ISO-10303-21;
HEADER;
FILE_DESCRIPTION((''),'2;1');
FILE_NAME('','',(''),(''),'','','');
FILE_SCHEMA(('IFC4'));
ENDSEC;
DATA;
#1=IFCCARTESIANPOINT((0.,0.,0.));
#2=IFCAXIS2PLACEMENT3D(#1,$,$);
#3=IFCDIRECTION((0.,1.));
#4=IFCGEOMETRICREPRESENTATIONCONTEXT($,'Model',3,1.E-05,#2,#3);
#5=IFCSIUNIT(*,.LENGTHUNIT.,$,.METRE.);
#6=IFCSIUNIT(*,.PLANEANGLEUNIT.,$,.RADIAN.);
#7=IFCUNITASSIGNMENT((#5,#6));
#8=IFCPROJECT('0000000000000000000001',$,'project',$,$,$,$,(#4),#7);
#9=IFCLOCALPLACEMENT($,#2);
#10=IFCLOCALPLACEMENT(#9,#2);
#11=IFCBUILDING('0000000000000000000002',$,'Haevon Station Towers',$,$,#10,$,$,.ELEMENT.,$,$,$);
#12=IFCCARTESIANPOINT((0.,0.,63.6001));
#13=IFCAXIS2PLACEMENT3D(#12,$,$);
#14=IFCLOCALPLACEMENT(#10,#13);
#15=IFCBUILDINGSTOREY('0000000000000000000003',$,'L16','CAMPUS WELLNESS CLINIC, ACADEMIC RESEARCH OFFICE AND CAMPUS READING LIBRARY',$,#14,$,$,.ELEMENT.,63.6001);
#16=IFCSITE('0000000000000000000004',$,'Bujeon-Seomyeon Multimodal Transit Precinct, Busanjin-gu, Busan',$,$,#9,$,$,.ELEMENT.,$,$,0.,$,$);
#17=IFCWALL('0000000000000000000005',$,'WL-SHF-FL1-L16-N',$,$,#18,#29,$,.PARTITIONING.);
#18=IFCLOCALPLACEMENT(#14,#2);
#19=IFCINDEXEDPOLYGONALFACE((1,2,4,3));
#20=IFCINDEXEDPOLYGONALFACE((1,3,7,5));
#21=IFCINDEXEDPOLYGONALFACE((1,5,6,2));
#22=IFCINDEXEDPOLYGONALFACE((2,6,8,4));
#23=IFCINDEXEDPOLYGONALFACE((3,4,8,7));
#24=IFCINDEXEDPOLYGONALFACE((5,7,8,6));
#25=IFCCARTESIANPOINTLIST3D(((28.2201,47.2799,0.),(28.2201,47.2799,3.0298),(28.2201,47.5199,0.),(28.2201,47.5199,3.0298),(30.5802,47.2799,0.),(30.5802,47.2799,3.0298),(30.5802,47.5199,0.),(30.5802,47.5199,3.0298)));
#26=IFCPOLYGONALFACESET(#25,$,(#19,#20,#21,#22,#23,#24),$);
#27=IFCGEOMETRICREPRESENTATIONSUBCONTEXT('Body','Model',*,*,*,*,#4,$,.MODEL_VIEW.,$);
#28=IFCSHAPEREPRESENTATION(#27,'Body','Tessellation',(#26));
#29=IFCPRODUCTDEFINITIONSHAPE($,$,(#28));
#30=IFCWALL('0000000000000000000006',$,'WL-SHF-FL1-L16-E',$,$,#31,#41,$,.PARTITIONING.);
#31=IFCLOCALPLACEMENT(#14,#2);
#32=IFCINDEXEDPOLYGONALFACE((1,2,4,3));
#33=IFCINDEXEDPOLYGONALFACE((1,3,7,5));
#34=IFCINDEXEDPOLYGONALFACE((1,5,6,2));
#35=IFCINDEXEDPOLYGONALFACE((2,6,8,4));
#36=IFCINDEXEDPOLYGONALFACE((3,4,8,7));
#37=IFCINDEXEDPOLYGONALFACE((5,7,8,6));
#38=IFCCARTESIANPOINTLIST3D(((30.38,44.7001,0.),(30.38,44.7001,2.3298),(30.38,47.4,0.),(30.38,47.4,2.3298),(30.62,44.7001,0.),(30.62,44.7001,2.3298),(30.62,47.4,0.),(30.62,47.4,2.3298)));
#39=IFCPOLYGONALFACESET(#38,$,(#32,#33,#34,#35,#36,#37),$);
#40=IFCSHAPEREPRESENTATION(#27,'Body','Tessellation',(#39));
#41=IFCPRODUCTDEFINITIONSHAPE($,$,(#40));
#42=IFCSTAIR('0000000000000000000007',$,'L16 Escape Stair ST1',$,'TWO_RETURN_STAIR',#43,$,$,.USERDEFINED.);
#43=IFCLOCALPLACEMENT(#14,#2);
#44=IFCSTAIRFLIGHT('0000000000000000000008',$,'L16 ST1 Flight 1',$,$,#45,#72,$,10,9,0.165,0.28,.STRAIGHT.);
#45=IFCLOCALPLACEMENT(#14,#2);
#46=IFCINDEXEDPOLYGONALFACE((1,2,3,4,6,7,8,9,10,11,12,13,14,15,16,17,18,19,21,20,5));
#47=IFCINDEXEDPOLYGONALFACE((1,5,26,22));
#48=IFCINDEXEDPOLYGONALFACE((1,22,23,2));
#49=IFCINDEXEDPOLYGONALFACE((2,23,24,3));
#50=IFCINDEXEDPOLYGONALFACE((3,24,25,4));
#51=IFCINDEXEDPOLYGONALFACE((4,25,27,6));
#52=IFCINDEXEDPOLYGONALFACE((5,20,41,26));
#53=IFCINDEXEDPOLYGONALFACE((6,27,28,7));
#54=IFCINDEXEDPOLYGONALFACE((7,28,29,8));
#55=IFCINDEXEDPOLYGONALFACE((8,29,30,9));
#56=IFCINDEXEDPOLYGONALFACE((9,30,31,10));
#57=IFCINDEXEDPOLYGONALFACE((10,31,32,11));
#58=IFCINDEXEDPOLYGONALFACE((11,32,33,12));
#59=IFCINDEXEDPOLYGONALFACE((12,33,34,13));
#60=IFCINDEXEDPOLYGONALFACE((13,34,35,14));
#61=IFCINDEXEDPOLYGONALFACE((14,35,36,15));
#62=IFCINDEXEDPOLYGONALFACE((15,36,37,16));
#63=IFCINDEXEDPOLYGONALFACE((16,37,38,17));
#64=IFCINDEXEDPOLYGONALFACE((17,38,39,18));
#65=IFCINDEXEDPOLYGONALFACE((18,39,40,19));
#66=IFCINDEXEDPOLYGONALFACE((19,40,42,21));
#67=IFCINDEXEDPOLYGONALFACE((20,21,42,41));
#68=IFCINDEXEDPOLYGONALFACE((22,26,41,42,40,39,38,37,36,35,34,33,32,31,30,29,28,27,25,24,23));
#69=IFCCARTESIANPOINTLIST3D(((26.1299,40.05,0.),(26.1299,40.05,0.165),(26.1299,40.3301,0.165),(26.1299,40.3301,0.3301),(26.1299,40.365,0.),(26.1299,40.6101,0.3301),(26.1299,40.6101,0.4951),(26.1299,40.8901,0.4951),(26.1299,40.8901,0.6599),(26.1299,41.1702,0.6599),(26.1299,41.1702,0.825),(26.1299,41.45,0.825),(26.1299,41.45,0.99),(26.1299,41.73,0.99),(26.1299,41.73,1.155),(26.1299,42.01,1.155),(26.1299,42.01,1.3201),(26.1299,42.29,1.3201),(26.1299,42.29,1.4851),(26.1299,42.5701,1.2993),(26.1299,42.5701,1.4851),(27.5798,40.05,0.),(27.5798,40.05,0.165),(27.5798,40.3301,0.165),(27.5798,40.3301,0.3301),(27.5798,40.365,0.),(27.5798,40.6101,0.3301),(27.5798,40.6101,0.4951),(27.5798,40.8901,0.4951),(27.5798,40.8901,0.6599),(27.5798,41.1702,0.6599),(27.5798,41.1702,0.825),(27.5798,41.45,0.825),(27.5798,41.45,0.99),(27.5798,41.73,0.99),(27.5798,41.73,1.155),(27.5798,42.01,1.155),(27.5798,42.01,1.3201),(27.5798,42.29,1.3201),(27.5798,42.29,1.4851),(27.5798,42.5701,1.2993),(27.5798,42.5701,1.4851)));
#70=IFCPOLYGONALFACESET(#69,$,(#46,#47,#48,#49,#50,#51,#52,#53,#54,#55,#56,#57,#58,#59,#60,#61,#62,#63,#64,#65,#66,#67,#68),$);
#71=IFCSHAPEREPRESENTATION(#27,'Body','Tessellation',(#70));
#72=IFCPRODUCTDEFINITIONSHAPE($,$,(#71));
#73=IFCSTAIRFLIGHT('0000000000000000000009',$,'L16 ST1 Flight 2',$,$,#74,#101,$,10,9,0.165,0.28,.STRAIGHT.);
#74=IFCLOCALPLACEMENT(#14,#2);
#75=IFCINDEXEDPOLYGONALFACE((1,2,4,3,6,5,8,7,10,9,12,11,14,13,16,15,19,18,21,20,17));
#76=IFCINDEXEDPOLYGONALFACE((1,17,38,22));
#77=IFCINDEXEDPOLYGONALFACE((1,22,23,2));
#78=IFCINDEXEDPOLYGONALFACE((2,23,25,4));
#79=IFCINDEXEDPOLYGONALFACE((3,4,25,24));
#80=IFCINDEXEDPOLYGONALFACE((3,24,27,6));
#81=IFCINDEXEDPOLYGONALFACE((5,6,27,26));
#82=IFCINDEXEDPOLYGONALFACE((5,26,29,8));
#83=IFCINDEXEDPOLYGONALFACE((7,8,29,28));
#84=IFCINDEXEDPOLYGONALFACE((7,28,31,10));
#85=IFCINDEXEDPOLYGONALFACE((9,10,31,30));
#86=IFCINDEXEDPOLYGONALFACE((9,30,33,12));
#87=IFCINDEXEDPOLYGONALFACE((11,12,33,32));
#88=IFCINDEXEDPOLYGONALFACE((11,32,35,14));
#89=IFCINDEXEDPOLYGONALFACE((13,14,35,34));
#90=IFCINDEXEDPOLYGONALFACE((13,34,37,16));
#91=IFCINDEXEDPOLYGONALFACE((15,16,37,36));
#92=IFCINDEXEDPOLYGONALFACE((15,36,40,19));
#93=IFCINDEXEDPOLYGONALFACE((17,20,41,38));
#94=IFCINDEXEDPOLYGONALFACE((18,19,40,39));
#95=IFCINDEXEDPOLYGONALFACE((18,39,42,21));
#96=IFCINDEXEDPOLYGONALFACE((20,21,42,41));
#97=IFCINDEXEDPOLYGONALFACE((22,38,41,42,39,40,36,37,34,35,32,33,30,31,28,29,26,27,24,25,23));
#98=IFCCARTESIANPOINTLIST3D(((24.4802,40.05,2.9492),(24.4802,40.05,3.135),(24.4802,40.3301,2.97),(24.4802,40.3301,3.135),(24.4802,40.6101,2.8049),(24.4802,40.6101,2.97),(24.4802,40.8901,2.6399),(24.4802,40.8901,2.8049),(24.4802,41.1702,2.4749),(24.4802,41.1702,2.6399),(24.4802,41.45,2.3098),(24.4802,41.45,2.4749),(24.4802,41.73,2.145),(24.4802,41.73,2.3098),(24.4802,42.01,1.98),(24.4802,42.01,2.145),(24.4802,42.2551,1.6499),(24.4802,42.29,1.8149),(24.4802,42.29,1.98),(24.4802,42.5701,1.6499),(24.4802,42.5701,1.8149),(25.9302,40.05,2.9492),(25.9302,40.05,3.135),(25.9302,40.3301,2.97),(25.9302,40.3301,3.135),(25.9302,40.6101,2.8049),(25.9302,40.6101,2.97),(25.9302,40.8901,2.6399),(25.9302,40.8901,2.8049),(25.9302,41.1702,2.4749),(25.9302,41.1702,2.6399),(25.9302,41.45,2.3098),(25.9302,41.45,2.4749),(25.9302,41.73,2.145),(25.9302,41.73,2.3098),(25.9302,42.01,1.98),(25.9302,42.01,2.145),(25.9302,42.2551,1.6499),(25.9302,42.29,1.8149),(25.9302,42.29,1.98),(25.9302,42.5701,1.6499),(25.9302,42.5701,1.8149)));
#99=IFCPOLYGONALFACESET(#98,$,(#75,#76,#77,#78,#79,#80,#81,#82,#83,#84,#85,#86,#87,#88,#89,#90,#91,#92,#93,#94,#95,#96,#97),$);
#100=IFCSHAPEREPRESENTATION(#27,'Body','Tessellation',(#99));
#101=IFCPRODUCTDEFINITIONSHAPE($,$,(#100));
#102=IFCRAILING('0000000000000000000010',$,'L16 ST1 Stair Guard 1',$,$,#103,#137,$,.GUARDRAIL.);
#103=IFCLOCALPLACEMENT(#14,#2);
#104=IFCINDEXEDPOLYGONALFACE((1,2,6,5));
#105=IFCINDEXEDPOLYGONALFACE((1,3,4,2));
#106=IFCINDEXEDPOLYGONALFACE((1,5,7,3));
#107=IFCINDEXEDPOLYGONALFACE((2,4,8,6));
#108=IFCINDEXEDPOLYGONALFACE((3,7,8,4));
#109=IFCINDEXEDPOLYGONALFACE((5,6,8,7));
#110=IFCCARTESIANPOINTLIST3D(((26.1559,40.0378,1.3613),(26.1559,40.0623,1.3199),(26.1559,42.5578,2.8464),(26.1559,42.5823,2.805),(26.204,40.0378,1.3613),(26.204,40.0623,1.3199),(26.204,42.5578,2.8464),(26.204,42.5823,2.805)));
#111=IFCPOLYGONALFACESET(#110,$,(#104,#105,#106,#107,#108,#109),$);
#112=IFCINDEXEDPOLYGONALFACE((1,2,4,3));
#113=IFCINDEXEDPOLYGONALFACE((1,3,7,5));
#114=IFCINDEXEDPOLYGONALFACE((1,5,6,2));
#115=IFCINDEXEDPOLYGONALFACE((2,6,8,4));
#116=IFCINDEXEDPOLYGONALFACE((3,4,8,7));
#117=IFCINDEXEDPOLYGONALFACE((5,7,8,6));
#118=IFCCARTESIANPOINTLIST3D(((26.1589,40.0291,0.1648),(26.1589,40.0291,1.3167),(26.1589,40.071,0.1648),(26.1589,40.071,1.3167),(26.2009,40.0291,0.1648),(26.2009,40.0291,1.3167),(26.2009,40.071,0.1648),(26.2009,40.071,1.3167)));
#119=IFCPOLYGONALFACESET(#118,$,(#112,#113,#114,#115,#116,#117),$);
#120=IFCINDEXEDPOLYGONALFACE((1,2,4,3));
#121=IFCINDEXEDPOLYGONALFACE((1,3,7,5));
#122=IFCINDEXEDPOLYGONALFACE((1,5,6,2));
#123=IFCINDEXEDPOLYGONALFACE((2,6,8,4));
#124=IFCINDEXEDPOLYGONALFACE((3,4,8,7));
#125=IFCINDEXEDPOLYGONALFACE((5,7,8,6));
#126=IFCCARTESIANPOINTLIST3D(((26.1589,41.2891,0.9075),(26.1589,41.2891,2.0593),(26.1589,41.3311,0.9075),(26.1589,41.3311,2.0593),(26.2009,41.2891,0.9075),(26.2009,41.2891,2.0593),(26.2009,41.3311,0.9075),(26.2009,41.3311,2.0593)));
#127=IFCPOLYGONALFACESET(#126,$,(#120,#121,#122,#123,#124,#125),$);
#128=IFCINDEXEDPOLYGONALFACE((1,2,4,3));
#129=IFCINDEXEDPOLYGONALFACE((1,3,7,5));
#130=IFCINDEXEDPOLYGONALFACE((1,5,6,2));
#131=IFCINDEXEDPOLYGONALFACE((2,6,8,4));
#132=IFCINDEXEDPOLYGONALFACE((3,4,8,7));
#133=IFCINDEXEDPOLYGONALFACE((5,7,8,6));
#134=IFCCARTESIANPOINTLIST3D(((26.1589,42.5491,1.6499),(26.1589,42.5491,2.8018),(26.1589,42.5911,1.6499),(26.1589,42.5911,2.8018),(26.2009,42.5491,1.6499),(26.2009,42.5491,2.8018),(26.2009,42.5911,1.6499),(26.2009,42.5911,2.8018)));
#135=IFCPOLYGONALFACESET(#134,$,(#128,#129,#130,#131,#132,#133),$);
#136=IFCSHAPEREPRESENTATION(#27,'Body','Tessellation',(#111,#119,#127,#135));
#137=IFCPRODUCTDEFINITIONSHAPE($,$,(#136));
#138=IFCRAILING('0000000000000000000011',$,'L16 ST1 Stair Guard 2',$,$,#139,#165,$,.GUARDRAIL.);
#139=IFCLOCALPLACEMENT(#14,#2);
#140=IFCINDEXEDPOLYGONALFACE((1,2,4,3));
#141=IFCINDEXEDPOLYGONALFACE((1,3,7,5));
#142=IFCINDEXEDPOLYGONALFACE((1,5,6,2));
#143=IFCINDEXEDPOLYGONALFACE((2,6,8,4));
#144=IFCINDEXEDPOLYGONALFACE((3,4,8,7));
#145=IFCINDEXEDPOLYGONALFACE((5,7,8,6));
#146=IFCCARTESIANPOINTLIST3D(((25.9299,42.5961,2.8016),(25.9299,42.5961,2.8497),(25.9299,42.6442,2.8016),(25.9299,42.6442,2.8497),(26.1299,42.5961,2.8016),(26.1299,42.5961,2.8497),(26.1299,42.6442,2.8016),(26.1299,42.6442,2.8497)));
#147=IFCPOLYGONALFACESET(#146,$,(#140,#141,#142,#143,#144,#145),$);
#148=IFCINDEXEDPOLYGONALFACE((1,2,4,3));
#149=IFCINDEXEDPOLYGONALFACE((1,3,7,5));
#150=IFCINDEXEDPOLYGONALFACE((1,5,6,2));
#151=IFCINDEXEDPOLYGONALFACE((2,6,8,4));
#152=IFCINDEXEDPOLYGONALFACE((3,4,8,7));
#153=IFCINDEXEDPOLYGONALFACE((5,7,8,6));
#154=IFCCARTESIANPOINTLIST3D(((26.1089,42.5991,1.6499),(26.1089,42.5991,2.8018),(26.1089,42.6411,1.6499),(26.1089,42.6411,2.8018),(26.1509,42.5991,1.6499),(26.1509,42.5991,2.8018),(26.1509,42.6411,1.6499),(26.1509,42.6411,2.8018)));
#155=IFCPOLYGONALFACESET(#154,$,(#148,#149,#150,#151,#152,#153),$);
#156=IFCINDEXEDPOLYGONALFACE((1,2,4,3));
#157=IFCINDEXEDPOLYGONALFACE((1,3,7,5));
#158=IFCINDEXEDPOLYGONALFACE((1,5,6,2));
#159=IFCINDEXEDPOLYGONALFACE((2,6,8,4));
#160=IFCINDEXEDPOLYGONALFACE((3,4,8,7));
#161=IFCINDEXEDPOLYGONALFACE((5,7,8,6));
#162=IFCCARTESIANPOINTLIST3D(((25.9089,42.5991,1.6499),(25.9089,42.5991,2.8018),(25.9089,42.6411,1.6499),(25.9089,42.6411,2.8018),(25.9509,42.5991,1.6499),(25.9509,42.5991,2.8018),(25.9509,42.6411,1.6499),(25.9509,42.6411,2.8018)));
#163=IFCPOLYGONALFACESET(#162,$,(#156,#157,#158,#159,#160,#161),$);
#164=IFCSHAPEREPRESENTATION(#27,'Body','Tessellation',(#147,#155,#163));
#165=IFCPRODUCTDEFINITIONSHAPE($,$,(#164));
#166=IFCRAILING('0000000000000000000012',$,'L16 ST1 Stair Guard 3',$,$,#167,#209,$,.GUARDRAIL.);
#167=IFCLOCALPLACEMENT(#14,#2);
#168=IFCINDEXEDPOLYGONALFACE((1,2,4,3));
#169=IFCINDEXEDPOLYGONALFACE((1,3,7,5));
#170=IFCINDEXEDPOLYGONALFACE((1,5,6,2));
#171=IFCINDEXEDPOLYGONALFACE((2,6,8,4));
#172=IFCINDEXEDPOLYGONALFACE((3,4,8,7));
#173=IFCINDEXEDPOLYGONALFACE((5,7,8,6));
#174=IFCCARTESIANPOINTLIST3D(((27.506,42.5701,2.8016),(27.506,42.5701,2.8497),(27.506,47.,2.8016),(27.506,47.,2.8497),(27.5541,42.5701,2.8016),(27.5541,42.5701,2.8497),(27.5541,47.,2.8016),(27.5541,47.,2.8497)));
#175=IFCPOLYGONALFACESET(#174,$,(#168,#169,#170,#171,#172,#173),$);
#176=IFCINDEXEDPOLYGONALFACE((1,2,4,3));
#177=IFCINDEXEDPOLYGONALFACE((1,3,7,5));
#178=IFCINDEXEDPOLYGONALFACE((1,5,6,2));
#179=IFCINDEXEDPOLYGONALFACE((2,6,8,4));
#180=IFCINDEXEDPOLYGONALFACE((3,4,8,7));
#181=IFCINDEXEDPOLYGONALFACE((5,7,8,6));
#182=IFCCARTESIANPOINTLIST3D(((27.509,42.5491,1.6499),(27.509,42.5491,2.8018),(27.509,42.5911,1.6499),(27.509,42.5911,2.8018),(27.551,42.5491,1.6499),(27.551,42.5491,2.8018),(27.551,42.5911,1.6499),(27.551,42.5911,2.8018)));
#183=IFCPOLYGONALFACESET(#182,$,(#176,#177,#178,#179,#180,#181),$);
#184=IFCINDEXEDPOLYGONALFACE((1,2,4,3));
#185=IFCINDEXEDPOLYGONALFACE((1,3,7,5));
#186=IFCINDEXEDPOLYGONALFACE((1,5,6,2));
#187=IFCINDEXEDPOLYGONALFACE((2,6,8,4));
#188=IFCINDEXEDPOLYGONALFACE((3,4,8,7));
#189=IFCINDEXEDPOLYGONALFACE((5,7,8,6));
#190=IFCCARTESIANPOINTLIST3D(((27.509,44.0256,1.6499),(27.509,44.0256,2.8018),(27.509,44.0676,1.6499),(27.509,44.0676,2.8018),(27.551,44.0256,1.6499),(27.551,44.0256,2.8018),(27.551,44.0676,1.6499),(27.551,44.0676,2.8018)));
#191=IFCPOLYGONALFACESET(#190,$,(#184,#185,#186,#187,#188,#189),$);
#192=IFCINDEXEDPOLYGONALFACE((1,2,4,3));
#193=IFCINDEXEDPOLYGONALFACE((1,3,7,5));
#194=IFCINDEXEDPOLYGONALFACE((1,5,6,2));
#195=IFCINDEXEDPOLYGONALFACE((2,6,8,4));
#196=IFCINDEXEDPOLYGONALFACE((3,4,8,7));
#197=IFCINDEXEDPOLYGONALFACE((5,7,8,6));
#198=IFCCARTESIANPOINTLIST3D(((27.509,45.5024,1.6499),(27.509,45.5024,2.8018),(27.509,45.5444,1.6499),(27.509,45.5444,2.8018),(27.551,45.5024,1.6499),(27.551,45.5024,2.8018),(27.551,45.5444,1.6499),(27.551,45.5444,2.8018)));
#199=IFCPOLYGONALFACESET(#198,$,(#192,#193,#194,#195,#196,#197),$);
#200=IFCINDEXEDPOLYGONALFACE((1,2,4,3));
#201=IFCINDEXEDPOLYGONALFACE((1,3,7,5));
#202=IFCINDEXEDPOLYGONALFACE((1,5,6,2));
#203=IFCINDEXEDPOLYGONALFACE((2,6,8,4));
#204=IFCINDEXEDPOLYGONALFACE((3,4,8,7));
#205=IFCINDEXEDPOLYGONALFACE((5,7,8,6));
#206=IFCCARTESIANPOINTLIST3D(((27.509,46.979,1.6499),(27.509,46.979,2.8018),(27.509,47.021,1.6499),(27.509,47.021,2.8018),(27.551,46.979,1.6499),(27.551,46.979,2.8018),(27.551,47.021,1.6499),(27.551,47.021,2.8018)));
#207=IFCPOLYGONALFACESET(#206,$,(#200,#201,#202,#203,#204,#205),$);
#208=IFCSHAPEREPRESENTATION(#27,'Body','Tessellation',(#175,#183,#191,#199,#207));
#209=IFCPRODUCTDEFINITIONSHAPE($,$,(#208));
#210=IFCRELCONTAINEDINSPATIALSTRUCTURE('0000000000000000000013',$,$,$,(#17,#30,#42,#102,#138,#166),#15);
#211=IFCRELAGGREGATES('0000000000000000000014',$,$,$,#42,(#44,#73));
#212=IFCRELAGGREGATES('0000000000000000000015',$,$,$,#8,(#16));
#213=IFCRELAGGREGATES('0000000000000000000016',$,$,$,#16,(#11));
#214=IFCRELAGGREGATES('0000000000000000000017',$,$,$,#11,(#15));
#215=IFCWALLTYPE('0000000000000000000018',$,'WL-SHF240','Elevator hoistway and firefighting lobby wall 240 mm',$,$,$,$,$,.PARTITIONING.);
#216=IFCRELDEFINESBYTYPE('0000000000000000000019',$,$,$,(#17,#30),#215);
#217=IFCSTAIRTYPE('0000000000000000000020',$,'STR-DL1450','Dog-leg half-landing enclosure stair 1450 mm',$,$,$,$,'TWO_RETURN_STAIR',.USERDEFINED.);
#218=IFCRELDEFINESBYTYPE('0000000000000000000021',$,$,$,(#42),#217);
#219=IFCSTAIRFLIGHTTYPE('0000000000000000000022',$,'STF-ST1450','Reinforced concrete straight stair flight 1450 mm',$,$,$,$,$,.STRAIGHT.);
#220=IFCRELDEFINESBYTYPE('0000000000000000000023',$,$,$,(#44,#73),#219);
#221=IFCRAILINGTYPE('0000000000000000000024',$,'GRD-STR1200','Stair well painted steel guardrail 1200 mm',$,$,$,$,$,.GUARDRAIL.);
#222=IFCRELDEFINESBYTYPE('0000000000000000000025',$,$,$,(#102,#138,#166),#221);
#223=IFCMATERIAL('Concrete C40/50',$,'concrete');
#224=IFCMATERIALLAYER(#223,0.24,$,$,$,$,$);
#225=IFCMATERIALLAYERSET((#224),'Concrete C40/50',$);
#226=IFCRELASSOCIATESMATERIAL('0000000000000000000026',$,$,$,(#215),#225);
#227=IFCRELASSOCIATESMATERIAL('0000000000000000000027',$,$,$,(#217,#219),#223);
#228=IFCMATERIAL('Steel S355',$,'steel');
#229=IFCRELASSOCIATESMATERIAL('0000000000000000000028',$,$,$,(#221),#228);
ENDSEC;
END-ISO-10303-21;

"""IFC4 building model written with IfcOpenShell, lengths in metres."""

from ifc_helpers import new_model, si_unit, direction, frame, frame_2d, origin, origin_2d, place, context, subcontext, project, spatial, polyline, rectangle, outline, extrude, material, layer, layer_set, type_object, element, aggregate, save


model = new_model("IFC4")

# Units and contexts
model_context = context("Model", 3, precision=1e-05, world=origin(), true_north=direction((0.0, 1.0)))
body_context = subcontext(model_context, "Body", "Model", "MODEL_VIEW")
ifc_project = project(units=[si_unit("LENGTHUNIT", "METRE"), si_unit("PLANEANGLEUNIT", "RADIAN")], contexts=[model_context])

# Site, building, storey
site_placement = place(None, origin())
site = spatial("IfcSite", under=ifc_project, at=site_placement, Name="Bujeon-Seomyeon Multimodal Transit Precinct, Busanjin-gu, Busan", CompositionType="ELEMENT", RefElevation=0.0)
building_placement = place(site_placement, origin())
building = spatial("IfcBuilding", under=site, at=building_placement, Name="Haevon Station Towers", CompositionType="ELEMENT")
storey_placement = place(building_placement, frame((0.0, 0.0, 63.6001)))
storey = spatial("IfcBuildingStorey", under=building, at=storey_placement, Name="L16", Description="CAMPUS WELLNESS CLINIC, ACADEMIC RESEARCH OFFICE AND CAMPUS READING LIBRARY", CompositionType="ELEMENT", Elevation=63.6001)

# Shared definitions
ifc_material_1 = material(Name="Steel S355", Category="steel")

# Shared definitions
ifc_material_2 = material(Name="Concrete C40/50", Category="concrete")
ifc_layer_1 = layer(ifc_material_2, 0.24)
ifc_layer_set_1 = layer_set([ifc_layer_1], Name="Concrete C40/50")
wall_type_1 = type_object("IfcWallType", Name="WL-SHF240", Description="Elevator hoistway and firefighting lobby wall 240 mm", PredefinedType="PARTITIONING", material=ifc_layer_set_1)

# Walls
wall_1_placement = place(storey_placement, frame((28.22, 47.3999, 0.0), z_axis=(0.0, 0.0, 1.0), x_axis=(1.0, 0.0, 0.0)))
element("IfcWall", 1, at=wall_1_placement, inside=storey, type_object=wall_type_1, Name="WL-SHF-FL1-L16-N", PredefinedType="PARTITIONING", context=body_context, shape_type="SweptSolid", body=[
    extrude(rectangle(XDim=2.3601, YDim=0.24, at=frame_2d((1.1802, 0.0))), origin(), (0.0, 0.0, 1.0), 3.0298),
])
wall_2_placement = place(storey_placement, frame((30.5, 44.7, 0.0), z_axis=(0.0, 0.0, 1.0), x_axis=(0.0, 1.0, 0.0)))
element("IfcWall", 2, at=wall_2_placement, inside=storey, type_object=wall_type_1, Name="WL-SHF-FL1-L16-E", PredefinedType="PARTITIONING", context=body_context, shape_type="SweptSolid", body=[
    extrude(rectangle(XDim=2.7, YDim=0.24, at=frame_2d((1.3501, 0.0))), origin(), (0.0, 0.0, 1.0), 2.3298),
])

# Stair, stair flights
stair_type = type_object("IfcStairType", Name="STR-DL1450", Description="Dog-leg half-landing enclosure stair 1450 mm", ElementType="TWO_RETURN_STAIR", PredefinedType="USERDEFINED", material=ifc_material_2)
stair_placement = place(storey_placement, origin())
stair = element("IfcStair", 3, at=stair_placement, inside=storey, type_object=stair_type, Name="L16 Escape Stair ST1", ObjectType="TWO_RETURN_STAIR", PredefinedType="USERDEFINED")
stair_flight_type = type_object("IfcStairFlightType", Name="STF-ST1450", Description="Reinforced concrete straight stair flight 1450 mm", PredefinedType="STRAIGHT", material=ifc_material_2)
stair_flight_1_placement = place(storey_placement, frame((26.855, 40.05, 0.0), z_axis=(0.0, 0.0, 1.0), x_axis=(0.0, 1.0, 0.0)))
stair_flight_1 = element("IfcStairFlight", 4, at=stair_flight_1_placement, type_object=stair_flight_type, Name="L16 ST1 Flight 1", NumberOfRisers=10, NumberOfTreads=9, PredefinedType="STRAIGHT", RiserHeight=0.165, TreadLength=0.28, context=body_context, shape_type="SweptSolid", body=[
    extrude(outline(polyline([(0.0, 0.0), (0.0, 0.165), (0.28, 0.165), (0.28, 0.3301), (0.5601, 0.3301), (0.5601, 0.4951), (0.8401, 0.4951), (0.8401, 0.6599), (1.1201, 0.6599), (1.1201, 0.825), (1.3999, 0.825), (1.3999, 0.99), (1.6799, 0.99), (1.6799, 1.155), (1.96, 1.155), (1.96, 1.3201), (2.24, 1.3201), (2.24, 1.4851), (2.52, 1.4851), (2.52, 1.6499), (2.52, 1.2993), (0.3149, 0.0), (0.0, 0.0)])), frame((0.0, 0.7251, 0.0), z_axis=(0.0, -1.0, 0.0), x_axis=(1.0, 0.0, 0.0)), (0.0, 0.0, 1.0), 1.45),
])
stair_flight_2_placement = place(storey_placement, frame((25.2051, 42.5701, 1.6499), z_axis=(0.0, 0.0, 1.0), x_axis=(0.0, -1.0, 0.0)))
stair_flight_2 = element("IfcStairFlight", 5, at=stair_flight_2_placement, type_object=stair_flight_type, Name="L16 ST1 Flight 2", NumberOfRisers=10, NumberOfTreads=9, PredefinedType="STRAIGHT", RiserHeight=0.165, TreadLength=0.28, context=body_context, shape_type="SweptSolid", body=[
    extrude(outline(polyline([(0.0, 0.0), (0.0, 0.165), (0.28, 0.165), (0.28, 0.3301), (0.5601, 0.3301), (0.5601, 0.4951), (0.8401, 0.4951), (0.8401, 0.6599), (1.1201, 0.6599), (1.1201, 0.825), (1.3999, 0.825), (1.3999, 0.99), (1.6799, 0.99), (1.6799, 1.155), (1.96, 1.155), (1.96, 1.3201), (2.24, 1.3201), (2.24, 1.4851), (2.52, 1.4851), (2.52, 1.6499), (2.52, 1.2993), (0.3149, 0.0), (0.0, 0.0)])), frame((0.0, 0.7251, 0.0), z_axis=(0.0, -1.0, 0.0), x_axis=(1.0, 0.0, 0.0)), (0.0, 0.0, 1.0), 1.45),
])
aggregate(stair, [stair_flight_1, stair_flight_2])

# Railings
railing_type_1 = type_object("IfcRailingType", Name="GRD-STR1200", Description="Stair well painted steel guardrail 1200 mm", PredefinedType="GUARDRAIL", material=ifc_material_1)
railing_1_placement = place(storey_placement, frame((26.1799, 40.05, 0.1648)))
element("IfcRailing", 6, at=railing_1_placement, inside=storey, type_object=railing_type_1, Name="L16 ST1 Stair Guard 1", PredefinedType="GUARDRAIL", context=body_context, shape_type="SweptSolid", body=[
    extrude(rectangle(XDim=0.0481, YDim=0.0481, at=origin_2d()), frame((0.0, 0.0, 1.1758), z_axis=(0.0, 0.861524, 0.507717), x_axis=(-1.0, 0.0, 0.0)), (0.0, 0.0, 1.0), 2.925),
    extrude(rectangle(XDim=0.042, YDim=0.042, at=origin_2d()), origin(), (0.0, 0.0, 1.0), 1.1519),
    extrude(rectangle(XDim=0.042, YDim=0.042, at=origin_2d()), frame((0.0, 1.26, 0.7427)), (0.0, 0.0, 1.0), 1.1519),
    extrude(rectangle(XDim=0.042, YDim=0.042, at=origin_2d()), frame((0.0, 2.52, 1.4851)), (0.0, 0.0, 1.0), 1.1519),
])
railing_2_placement = place(storey_placement, frame((26.1299, 42.6201, 1.6499)))
element("IfcRailing", 7, at=railing_2_placement, inside=storey, type_object=railing_type_1, Name="L16 ST1 Stair Guard 2", PredefinedType="GUARDRAIL", context=body_context, shape_type="SweptSolid", body=[
    extrude(rectangle(XDim=0.0481, YDim=0.0481, at=origin_2d()), frame((0.0, 0.0, 1.1758), z_axis=(-1.0, 0.0, 0.0), x_axis=(0.0, -1.0, 0.0)), (0.0, 0.0, 1.0), 0.2),
    extrude(rectangle(XDim=0.042, YDim=0.042, at=origin_2d()), origin(), (0.0, 0.0, 1.0), 1.1519),
    extrude(rectangle(XDim=0.042, YDim=0.042, at=origin_2d()), frame((-0.2, 0.0, 0.0)), (0.0, 0.0, 1.0), 1.1519),
])
railing_3_placement = place(storey_placement, frame((27.53, 42.5701, 1.6499)))
element("IfcRailing", 8, at=railing_3_placement, inside=storey, type_object=railing_type_1, Name="L16 ST1 Stair Guard 3", PredefinedType="GUARDRAIL", context=body_context, shape_type="SweptSolid", body=[
    extrude(rectangle(XDim=0.0481, YDim=0.0481, at=origin_2d()), frame((0.0, 0.0, 1.1758), z_axis=(0.0, 1.0, 0.0), x_axis=(-1.0, 0.0, 0.0)), (0.0, 0.0, 1.0), 4.4299),
    extrude(rectangle(XDim=0.042, YDim=0.042, at=origin_2d()), origin(), (0.0, 0.0, 1.0), 1.1519),
    extrude(rectangle(XDim=0.042, YDim=0.042, at=origin_2d()), frame((0.0, 1.4766, 0.0)), (0.0, 0.0, 1.0), 1.1519),
    extrude(rectangle(XDim=0.042, YDim=0.042, at=origin_2d()), frame((0.0, 2.9534, 0.0)), (0.0, 0.0, 1.0), 1.1519),
    extrude(rectangle(XDim=0.042, YDim=0.042, at=origin_2d()), frame((0.0, 4.4299, 0.0)), (0.0, 0.0, 1.0), 1.1519),
])

save(model, "model.ifc")
